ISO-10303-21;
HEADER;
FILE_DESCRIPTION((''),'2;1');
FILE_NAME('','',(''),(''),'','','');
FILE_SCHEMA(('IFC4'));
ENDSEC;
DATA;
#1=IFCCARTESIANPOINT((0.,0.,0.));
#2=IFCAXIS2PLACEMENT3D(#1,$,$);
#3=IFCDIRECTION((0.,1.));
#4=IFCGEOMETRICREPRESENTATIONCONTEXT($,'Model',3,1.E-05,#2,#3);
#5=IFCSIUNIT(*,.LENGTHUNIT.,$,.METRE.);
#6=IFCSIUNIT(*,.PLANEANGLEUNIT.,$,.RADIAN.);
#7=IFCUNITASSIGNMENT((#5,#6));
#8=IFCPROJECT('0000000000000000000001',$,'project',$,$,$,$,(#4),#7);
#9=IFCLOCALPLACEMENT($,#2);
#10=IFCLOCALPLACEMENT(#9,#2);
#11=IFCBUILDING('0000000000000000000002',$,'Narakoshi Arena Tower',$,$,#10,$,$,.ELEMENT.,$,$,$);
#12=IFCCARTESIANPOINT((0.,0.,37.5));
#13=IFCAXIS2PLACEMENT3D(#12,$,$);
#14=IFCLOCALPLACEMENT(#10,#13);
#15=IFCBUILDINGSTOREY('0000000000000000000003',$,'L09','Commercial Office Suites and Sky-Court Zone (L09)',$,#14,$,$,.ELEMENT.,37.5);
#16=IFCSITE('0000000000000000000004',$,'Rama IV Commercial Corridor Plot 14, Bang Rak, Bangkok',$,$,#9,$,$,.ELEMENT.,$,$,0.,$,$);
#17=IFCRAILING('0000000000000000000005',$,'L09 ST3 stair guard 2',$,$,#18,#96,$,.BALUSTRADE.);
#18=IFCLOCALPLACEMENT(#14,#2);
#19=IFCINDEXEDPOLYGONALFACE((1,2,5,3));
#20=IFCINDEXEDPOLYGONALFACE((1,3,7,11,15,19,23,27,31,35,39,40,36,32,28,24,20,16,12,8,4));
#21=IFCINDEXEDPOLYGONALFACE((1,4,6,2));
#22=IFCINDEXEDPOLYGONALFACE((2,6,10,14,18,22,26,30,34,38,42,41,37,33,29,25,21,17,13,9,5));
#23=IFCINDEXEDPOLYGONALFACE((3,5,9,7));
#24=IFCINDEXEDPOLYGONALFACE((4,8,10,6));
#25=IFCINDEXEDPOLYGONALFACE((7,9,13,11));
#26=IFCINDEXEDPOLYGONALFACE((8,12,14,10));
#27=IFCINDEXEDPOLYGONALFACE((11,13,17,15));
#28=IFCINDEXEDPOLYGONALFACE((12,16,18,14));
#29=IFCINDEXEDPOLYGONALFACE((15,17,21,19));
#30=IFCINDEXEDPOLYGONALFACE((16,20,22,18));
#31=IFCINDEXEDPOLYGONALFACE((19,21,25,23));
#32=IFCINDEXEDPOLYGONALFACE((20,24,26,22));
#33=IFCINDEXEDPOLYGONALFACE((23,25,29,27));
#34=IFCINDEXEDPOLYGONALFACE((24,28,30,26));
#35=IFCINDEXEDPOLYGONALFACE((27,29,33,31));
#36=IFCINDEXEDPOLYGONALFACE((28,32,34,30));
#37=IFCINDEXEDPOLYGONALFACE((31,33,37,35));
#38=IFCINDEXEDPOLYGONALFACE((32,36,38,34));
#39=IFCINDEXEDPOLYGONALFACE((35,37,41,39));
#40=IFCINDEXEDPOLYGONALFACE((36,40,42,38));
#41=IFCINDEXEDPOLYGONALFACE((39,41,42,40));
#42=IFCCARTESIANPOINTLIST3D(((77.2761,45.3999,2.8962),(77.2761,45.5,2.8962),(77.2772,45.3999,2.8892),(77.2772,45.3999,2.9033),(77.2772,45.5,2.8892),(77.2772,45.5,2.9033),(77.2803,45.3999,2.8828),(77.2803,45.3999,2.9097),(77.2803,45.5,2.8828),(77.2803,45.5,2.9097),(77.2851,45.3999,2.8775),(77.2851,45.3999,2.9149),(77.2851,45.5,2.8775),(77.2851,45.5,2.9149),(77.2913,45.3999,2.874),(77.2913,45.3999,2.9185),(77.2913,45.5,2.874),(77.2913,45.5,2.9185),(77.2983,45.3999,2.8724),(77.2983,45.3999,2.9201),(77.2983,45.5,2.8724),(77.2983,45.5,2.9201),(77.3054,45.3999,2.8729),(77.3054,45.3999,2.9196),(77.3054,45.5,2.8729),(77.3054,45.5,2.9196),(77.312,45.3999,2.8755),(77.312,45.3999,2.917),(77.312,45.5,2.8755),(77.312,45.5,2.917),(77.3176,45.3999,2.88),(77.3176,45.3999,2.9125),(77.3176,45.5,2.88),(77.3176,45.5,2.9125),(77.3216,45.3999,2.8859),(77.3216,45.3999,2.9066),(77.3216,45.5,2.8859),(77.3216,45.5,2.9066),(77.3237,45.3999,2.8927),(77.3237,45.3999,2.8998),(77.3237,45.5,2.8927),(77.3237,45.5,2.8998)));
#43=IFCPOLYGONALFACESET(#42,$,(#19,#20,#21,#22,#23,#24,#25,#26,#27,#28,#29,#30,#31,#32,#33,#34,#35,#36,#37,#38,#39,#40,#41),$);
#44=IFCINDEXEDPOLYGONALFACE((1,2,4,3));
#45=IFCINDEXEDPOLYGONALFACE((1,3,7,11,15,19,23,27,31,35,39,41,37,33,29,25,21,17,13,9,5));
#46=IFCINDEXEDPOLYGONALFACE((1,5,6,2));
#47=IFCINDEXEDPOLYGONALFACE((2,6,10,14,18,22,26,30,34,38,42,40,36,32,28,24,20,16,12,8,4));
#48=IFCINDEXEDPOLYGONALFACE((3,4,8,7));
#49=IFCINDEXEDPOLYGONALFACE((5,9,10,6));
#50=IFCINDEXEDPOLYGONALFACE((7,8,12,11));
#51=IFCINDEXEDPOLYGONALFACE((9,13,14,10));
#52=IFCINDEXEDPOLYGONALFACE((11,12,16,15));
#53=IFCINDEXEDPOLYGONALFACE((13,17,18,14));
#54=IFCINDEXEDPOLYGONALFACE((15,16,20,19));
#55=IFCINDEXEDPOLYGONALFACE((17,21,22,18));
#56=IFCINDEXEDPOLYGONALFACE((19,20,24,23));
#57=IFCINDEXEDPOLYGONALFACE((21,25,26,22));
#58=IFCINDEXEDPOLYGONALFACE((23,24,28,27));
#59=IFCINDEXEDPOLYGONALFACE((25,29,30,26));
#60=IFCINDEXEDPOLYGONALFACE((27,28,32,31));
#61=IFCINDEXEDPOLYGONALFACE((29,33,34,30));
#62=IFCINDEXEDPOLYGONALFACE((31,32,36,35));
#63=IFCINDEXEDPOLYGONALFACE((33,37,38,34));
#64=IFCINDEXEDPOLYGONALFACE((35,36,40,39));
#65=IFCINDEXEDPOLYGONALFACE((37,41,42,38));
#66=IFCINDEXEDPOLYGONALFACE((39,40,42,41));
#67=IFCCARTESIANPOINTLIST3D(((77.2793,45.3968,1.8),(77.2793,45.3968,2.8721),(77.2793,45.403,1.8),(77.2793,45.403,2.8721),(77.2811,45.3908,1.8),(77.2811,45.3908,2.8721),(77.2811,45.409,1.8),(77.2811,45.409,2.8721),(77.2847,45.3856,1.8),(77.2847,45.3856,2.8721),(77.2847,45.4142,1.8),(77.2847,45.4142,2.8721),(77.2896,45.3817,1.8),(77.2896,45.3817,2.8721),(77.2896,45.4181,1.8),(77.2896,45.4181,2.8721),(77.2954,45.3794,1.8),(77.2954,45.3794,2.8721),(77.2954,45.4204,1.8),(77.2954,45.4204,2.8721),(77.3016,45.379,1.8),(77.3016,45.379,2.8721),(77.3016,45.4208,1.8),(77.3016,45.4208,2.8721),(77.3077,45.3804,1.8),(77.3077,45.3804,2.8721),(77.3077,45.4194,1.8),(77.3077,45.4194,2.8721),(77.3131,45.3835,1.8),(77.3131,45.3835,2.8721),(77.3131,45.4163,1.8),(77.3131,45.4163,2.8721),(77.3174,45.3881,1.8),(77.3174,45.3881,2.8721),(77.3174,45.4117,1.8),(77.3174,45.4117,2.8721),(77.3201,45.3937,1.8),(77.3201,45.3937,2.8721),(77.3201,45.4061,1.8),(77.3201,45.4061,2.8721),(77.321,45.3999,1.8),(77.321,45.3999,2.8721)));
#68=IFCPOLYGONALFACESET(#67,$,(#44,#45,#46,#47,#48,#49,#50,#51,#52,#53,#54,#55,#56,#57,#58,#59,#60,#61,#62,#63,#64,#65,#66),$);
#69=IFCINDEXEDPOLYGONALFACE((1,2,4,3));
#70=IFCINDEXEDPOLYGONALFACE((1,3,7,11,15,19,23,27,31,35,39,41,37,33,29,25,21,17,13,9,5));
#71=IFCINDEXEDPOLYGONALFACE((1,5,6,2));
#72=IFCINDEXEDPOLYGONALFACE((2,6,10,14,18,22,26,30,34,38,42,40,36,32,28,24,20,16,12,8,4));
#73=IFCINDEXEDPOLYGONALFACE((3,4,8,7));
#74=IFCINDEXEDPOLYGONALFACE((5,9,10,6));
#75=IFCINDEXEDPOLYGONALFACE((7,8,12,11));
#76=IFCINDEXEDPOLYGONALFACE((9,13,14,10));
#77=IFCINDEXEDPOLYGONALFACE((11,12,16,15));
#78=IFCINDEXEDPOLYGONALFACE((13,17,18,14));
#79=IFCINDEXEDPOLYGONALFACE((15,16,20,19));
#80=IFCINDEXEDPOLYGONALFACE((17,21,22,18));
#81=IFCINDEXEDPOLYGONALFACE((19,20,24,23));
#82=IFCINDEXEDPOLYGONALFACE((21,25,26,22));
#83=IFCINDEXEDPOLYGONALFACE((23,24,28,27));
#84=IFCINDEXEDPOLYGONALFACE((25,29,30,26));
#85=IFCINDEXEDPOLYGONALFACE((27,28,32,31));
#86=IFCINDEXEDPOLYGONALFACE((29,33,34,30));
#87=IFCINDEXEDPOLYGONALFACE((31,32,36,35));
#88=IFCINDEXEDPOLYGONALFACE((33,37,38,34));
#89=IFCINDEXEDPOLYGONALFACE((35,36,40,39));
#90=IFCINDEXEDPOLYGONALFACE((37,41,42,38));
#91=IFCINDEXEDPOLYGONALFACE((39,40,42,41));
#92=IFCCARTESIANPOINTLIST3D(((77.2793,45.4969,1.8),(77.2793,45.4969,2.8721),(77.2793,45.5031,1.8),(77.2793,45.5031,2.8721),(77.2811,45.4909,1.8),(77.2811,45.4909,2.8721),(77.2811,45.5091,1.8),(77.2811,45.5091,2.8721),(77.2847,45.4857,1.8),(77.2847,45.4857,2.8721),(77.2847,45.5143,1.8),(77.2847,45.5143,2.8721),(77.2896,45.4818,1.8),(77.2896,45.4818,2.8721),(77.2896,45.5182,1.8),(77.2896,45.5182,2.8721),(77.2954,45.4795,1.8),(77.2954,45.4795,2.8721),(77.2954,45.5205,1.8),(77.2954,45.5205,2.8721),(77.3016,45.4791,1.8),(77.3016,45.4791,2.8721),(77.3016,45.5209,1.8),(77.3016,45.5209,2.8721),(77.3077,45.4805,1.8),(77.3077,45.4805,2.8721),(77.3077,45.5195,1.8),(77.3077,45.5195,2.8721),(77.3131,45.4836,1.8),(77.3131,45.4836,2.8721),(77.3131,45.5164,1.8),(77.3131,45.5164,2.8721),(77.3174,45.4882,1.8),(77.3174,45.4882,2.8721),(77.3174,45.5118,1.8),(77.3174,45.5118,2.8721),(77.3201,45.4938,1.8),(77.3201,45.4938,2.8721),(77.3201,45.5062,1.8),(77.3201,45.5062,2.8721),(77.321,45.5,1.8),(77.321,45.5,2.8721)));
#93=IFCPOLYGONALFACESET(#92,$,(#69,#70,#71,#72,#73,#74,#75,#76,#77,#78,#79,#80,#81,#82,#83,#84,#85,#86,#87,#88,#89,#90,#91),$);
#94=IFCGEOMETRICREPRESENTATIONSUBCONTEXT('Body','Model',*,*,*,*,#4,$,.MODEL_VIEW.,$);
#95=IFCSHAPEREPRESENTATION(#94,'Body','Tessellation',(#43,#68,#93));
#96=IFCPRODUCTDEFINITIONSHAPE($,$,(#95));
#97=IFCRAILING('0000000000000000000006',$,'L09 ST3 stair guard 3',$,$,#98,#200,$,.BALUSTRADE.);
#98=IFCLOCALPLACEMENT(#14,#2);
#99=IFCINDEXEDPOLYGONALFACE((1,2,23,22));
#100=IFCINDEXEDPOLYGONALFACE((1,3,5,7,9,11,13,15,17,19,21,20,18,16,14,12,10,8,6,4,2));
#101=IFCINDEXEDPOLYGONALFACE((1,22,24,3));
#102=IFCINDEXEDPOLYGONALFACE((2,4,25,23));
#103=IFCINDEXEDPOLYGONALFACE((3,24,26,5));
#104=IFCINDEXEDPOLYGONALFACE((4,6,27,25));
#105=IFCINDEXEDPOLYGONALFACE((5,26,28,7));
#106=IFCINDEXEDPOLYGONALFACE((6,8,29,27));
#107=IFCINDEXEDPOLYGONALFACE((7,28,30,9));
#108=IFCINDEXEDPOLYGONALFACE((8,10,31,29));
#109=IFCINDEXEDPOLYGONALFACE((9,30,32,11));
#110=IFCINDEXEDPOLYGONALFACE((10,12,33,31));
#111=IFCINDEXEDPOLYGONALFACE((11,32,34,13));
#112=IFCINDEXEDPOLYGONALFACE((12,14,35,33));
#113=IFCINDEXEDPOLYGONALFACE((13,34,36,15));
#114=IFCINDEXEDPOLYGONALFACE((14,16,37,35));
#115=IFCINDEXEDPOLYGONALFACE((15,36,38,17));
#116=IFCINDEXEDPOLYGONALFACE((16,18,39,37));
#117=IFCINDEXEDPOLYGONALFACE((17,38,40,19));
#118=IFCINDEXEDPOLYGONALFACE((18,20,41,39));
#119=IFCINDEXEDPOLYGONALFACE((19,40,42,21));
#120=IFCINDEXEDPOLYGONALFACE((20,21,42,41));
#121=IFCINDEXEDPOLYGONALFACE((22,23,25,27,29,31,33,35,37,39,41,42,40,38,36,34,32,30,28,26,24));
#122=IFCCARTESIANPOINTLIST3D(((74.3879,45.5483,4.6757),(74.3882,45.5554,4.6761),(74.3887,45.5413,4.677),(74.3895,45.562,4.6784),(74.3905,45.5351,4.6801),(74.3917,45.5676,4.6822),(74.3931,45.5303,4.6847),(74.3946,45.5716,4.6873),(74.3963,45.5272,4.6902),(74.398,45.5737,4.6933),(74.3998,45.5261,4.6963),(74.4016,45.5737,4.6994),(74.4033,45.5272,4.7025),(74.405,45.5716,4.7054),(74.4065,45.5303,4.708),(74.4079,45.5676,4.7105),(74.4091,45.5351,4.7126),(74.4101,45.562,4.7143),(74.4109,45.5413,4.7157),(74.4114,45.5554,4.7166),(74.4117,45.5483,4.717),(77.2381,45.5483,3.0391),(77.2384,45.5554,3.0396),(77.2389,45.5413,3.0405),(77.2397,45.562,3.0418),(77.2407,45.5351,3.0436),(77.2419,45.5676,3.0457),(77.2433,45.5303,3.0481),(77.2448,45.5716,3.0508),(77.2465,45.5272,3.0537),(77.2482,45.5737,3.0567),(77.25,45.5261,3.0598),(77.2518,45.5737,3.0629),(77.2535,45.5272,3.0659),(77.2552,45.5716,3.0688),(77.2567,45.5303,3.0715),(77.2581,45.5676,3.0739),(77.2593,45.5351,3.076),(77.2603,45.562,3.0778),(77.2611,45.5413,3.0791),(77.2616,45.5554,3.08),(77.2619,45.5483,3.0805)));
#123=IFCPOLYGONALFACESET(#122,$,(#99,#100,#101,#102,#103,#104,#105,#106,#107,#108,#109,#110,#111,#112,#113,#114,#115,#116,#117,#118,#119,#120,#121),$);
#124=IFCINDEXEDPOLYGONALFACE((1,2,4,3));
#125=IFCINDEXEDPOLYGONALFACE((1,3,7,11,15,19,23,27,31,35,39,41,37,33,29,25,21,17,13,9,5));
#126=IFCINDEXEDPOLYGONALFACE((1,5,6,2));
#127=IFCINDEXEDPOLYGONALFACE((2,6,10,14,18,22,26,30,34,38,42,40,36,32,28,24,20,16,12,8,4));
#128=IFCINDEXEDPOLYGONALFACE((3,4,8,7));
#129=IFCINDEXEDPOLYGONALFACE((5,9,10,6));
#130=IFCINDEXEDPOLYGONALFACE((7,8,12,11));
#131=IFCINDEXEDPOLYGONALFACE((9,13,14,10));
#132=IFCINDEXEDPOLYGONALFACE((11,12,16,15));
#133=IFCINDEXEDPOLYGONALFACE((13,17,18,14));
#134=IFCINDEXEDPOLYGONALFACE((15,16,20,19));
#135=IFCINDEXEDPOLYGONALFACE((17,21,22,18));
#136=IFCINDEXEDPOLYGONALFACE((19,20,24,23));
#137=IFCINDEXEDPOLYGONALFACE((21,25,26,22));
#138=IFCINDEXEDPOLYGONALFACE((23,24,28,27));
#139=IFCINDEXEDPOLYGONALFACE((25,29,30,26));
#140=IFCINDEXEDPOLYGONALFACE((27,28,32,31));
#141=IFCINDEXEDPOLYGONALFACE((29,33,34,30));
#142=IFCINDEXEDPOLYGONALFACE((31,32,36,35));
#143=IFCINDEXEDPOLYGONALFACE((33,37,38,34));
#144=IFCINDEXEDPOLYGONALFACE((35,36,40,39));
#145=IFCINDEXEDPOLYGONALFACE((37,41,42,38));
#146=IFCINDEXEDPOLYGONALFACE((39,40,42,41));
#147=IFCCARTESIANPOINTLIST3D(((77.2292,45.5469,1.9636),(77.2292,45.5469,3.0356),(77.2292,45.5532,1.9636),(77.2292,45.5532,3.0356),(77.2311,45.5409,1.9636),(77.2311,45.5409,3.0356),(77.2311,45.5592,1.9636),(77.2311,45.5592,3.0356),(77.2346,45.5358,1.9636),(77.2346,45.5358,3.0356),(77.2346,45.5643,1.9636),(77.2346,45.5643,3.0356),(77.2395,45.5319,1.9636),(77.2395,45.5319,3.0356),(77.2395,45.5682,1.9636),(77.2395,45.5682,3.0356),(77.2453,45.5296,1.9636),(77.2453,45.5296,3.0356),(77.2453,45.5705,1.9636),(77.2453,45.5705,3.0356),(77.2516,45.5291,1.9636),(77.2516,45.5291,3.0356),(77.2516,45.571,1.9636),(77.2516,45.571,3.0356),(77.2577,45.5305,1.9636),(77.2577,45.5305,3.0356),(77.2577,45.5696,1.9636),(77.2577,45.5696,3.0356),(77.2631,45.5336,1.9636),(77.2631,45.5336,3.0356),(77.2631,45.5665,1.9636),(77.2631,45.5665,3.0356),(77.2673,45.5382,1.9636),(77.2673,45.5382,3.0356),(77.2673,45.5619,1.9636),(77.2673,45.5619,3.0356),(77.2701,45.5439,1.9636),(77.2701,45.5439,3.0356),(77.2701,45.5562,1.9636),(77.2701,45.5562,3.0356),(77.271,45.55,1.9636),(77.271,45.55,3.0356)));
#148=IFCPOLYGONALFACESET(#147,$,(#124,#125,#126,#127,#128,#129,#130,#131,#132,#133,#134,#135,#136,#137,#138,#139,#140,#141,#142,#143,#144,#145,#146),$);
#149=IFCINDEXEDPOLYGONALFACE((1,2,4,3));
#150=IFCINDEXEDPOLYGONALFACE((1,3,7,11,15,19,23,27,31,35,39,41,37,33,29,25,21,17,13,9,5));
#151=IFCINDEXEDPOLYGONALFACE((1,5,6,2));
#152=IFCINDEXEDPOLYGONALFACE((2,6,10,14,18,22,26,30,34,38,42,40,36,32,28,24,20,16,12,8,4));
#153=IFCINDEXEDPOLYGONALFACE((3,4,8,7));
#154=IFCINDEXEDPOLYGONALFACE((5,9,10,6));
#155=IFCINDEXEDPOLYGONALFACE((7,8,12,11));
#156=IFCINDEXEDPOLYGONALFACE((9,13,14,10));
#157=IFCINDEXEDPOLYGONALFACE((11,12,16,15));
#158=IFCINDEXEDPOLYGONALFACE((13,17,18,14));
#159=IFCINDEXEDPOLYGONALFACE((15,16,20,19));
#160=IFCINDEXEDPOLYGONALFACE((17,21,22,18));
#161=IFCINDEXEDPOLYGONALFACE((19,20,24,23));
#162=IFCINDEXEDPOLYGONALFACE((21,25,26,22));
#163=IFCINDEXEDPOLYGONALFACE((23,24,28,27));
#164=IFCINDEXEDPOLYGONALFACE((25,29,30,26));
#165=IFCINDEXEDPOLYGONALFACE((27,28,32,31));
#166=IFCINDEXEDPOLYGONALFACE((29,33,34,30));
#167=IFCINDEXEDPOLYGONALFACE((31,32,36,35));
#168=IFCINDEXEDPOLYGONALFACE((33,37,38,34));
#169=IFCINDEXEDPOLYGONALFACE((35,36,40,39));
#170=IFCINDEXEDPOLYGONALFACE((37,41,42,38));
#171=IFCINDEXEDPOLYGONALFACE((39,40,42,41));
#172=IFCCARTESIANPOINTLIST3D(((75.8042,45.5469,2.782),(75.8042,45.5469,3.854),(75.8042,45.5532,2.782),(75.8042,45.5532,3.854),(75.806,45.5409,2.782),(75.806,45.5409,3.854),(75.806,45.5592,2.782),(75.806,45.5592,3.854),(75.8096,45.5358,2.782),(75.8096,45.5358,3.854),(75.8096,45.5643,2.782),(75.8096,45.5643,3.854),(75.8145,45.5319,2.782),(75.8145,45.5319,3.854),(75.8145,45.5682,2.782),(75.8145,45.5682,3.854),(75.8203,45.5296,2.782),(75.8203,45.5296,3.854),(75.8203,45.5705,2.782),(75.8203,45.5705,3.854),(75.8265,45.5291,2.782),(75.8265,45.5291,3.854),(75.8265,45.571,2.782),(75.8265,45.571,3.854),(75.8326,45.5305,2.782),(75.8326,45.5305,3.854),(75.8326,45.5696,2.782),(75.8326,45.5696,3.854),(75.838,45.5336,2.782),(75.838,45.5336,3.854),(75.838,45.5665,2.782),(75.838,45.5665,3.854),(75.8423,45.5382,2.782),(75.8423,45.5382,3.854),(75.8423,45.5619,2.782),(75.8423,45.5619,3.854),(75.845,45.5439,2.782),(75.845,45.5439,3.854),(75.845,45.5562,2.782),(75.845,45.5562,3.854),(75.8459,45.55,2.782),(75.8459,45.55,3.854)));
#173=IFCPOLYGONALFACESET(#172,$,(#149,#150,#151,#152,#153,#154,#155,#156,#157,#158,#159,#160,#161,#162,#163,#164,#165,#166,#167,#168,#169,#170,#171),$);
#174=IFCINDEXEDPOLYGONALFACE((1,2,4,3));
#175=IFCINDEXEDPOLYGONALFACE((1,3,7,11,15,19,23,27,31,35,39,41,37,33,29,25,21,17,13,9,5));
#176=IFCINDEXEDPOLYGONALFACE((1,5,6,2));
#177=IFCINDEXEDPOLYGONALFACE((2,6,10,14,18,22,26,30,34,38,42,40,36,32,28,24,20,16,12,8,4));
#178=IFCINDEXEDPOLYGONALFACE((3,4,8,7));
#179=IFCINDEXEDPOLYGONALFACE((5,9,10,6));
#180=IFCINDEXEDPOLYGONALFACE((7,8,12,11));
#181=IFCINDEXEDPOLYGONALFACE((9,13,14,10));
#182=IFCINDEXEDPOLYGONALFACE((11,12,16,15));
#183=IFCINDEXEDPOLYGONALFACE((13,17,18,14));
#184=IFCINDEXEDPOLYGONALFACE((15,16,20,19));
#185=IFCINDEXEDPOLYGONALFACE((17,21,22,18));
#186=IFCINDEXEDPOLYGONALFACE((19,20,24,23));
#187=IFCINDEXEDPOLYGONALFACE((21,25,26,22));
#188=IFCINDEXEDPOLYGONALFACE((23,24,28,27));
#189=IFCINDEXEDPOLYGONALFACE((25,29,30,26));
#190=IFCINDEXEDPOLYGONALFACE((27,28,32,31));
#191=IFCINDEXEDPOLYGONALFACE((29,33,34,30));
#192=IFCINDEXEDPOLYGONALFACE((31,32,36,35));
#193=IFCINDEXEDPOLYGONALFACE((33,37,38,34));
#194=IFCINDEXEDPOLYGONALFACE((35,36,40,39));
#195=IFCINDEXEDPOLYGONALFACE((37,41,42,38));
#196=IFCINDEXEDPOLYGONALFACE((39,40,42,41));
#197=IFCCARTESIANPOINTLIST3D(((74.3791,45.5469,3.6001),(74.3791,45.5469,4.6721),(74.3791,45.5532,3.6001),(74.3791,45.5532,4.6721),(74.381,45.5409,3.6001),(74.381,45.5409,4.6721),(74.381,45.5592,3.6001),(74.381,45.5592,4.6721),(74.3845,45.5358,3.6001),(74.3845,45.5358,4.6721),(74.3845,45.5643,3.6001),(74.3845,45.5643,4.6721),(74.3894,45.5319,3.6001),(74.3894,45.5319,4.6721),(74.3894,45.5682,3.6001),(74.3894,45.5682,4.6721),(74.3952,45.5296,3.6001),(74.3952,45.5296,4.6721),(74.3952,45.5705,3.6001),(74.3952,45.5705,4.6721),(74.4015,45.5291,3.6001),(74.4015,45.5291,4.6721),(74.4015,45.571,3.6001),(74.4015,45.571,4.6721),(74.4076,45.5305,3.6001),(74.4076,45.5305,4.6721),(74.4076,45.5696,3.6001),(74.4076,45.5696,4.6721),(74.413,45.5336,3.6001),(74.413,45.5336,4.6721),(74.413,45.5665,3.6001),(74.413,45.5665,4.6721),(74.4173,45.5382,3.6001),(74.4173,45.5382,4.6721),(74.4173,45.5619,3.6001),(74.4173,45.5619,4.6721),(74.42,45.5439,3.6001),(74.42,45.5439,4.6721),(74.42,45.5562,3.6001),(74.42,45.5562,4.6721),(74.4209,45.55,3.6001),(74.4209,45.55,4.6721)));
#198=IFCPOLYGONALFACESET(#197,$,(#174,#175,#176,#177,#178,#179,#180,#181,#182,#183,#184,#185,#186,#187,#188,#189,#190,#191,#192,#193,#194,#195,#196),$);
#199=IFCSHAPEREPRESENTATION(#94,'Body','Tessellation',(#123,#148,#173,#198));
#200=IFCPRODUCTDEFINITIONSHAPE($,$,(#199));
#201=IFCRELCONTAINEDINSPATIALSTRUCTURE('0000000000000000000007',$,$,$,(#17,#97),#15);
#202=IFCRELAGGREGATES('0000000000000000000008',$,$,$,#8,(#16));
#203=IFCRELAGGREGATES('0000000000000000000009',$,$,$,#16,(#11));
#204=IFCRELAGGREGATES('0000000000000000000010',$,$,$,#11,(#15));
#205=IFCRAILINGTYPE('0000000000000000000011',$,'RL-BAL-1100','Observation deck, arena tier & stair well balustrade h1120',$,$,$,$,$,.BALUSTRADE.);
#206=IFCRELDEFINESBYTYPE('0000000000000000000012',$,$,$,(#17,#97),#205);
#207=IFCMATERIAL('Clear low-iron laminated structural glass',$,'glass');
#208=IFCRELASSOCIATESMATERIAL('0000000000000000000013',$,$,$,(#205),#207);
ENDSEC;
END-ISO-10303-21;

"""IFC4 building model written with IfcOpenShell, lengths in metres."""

from ifc_helpers import new_model, si_unit, direction, frame, origin, origin_2d, place, context, subcontext, project, spatial, circle, extrude, material, type_object, element, save


model = new_model("IFC4")

# Units and contexts
model_context = context("Model", 3, precision=1e-05, world=origin(), true_north=direction((0.0, 1.0)))
body_context = subcontext(model_context, "Body", "Model", "MODEL_VIEW")
ifc_project = project(units=[si_unit("LENGTHUNIT", "METRE"), si_unit("PLANEANGLEUNIT", "RADIAN")], contexts=[model_context])

# Site, building, storey
site_placement = place(None, origin())
site = spatial("IfcSite", under=ifc_project, at=site_placement, Name="Rama IV Commercial Corridor Plot 14, Bang Rak, Bangkok", CompositionType="ELEMENT", RefElevation=0.0)
building_placement = place(site_placement, origin())
building = spatial("IfcBuilding", under=site, at=building_placement, Name="Narakoshi Arena Tower", CompositionType="ELEMENT")
storey_placement = place(building_placement, frame((0.0, 0.0, 37.5)))
storey = spatial("IfcBuildingStorey", under=building, at=storey_placement, Name="L09", Description="Commercial Office Suites and Sky-Court Zone (L09)", CompositionType="ELEMENT", Elevation=37.5)

# Railings
ifc_material_1 = material(Name="Clear low-iron laminated structural glass", Category="glass")
railing_type_1 = type_object("IfcRailingType", Name="RL-BAL-1100", Description="Observation deck, arena tier & stair well balustrade h1120", PredefinedType="BALUSTRADE", material=ifc_material_1)
railing_1_placement = place(storey_placement, frame((77.3, 45.3999, 1.8)))
element("IfcRailing", 1, at=railing_1_placement, inside=storey, type_object=railing_type_1, Name="L09 ST3 stair guard 2", PredefinedType="BALUSTRADE", context=body_context, shape_type="SweptSolid", body=[
    extrude(circle(Radius=0.0239, at=origin_2d()), frame((0.0, 0.0, 1.0962), z_axis=(0.0, 1.0, 0.0), x_axis=(-1.0, 0.0, 0.0)), (0.0, 0.0, 1.0), 0.1001),
    extrude(circle(Radius=0.021, at=origin_2d()), origin(), (0.0, 0.0, 1.0), 1.072),
    extrude(circle(Radius=0.021, at=origin_2d()), frame((0.0, 0.1001, 0.0)), (0.0, 0.0, 1.0), 1.072),
])
railing_2_placement = place(storey_placement, frame((77.25, 45.55, 1.9636)))
element("IfcRailing", 2, at=railing_2_placement, inside=storey, type_object=railing_type_1, Name="L09 ST3 stair guard 3", PredefinedType="BALUSTRADE", context=body_context, shape_type="SweptSolid", body=[
    extrude(circle(Radius=0.0239, at=origin_2d()), frame((0.0, 0.0, 1.0962), z_axis=(-0.867213, 0.0, 0.497938), x_axis=(0.0, -1.0, 0.0)), (0.0, 0.0, 1.0), 3.2866),
    extrude(circle(Radius=0.021, at=origin_2d()), origin(), (0.0, 0.0, 1.0), 1.072),
    extrude(circle(Radius=0.021, at=origin_2d()), frame((-1.425, 0.0, 0.8184)), (0.0, 0.0, 1.0), 1.072),
    extrude(circle(Radius=0.021, at=origin_2d()), frame((-2.8501, 0.0, 1.6365)), (0.0, 0.0, 1.0), 1.072),
])

save(model, "model.ifc")
